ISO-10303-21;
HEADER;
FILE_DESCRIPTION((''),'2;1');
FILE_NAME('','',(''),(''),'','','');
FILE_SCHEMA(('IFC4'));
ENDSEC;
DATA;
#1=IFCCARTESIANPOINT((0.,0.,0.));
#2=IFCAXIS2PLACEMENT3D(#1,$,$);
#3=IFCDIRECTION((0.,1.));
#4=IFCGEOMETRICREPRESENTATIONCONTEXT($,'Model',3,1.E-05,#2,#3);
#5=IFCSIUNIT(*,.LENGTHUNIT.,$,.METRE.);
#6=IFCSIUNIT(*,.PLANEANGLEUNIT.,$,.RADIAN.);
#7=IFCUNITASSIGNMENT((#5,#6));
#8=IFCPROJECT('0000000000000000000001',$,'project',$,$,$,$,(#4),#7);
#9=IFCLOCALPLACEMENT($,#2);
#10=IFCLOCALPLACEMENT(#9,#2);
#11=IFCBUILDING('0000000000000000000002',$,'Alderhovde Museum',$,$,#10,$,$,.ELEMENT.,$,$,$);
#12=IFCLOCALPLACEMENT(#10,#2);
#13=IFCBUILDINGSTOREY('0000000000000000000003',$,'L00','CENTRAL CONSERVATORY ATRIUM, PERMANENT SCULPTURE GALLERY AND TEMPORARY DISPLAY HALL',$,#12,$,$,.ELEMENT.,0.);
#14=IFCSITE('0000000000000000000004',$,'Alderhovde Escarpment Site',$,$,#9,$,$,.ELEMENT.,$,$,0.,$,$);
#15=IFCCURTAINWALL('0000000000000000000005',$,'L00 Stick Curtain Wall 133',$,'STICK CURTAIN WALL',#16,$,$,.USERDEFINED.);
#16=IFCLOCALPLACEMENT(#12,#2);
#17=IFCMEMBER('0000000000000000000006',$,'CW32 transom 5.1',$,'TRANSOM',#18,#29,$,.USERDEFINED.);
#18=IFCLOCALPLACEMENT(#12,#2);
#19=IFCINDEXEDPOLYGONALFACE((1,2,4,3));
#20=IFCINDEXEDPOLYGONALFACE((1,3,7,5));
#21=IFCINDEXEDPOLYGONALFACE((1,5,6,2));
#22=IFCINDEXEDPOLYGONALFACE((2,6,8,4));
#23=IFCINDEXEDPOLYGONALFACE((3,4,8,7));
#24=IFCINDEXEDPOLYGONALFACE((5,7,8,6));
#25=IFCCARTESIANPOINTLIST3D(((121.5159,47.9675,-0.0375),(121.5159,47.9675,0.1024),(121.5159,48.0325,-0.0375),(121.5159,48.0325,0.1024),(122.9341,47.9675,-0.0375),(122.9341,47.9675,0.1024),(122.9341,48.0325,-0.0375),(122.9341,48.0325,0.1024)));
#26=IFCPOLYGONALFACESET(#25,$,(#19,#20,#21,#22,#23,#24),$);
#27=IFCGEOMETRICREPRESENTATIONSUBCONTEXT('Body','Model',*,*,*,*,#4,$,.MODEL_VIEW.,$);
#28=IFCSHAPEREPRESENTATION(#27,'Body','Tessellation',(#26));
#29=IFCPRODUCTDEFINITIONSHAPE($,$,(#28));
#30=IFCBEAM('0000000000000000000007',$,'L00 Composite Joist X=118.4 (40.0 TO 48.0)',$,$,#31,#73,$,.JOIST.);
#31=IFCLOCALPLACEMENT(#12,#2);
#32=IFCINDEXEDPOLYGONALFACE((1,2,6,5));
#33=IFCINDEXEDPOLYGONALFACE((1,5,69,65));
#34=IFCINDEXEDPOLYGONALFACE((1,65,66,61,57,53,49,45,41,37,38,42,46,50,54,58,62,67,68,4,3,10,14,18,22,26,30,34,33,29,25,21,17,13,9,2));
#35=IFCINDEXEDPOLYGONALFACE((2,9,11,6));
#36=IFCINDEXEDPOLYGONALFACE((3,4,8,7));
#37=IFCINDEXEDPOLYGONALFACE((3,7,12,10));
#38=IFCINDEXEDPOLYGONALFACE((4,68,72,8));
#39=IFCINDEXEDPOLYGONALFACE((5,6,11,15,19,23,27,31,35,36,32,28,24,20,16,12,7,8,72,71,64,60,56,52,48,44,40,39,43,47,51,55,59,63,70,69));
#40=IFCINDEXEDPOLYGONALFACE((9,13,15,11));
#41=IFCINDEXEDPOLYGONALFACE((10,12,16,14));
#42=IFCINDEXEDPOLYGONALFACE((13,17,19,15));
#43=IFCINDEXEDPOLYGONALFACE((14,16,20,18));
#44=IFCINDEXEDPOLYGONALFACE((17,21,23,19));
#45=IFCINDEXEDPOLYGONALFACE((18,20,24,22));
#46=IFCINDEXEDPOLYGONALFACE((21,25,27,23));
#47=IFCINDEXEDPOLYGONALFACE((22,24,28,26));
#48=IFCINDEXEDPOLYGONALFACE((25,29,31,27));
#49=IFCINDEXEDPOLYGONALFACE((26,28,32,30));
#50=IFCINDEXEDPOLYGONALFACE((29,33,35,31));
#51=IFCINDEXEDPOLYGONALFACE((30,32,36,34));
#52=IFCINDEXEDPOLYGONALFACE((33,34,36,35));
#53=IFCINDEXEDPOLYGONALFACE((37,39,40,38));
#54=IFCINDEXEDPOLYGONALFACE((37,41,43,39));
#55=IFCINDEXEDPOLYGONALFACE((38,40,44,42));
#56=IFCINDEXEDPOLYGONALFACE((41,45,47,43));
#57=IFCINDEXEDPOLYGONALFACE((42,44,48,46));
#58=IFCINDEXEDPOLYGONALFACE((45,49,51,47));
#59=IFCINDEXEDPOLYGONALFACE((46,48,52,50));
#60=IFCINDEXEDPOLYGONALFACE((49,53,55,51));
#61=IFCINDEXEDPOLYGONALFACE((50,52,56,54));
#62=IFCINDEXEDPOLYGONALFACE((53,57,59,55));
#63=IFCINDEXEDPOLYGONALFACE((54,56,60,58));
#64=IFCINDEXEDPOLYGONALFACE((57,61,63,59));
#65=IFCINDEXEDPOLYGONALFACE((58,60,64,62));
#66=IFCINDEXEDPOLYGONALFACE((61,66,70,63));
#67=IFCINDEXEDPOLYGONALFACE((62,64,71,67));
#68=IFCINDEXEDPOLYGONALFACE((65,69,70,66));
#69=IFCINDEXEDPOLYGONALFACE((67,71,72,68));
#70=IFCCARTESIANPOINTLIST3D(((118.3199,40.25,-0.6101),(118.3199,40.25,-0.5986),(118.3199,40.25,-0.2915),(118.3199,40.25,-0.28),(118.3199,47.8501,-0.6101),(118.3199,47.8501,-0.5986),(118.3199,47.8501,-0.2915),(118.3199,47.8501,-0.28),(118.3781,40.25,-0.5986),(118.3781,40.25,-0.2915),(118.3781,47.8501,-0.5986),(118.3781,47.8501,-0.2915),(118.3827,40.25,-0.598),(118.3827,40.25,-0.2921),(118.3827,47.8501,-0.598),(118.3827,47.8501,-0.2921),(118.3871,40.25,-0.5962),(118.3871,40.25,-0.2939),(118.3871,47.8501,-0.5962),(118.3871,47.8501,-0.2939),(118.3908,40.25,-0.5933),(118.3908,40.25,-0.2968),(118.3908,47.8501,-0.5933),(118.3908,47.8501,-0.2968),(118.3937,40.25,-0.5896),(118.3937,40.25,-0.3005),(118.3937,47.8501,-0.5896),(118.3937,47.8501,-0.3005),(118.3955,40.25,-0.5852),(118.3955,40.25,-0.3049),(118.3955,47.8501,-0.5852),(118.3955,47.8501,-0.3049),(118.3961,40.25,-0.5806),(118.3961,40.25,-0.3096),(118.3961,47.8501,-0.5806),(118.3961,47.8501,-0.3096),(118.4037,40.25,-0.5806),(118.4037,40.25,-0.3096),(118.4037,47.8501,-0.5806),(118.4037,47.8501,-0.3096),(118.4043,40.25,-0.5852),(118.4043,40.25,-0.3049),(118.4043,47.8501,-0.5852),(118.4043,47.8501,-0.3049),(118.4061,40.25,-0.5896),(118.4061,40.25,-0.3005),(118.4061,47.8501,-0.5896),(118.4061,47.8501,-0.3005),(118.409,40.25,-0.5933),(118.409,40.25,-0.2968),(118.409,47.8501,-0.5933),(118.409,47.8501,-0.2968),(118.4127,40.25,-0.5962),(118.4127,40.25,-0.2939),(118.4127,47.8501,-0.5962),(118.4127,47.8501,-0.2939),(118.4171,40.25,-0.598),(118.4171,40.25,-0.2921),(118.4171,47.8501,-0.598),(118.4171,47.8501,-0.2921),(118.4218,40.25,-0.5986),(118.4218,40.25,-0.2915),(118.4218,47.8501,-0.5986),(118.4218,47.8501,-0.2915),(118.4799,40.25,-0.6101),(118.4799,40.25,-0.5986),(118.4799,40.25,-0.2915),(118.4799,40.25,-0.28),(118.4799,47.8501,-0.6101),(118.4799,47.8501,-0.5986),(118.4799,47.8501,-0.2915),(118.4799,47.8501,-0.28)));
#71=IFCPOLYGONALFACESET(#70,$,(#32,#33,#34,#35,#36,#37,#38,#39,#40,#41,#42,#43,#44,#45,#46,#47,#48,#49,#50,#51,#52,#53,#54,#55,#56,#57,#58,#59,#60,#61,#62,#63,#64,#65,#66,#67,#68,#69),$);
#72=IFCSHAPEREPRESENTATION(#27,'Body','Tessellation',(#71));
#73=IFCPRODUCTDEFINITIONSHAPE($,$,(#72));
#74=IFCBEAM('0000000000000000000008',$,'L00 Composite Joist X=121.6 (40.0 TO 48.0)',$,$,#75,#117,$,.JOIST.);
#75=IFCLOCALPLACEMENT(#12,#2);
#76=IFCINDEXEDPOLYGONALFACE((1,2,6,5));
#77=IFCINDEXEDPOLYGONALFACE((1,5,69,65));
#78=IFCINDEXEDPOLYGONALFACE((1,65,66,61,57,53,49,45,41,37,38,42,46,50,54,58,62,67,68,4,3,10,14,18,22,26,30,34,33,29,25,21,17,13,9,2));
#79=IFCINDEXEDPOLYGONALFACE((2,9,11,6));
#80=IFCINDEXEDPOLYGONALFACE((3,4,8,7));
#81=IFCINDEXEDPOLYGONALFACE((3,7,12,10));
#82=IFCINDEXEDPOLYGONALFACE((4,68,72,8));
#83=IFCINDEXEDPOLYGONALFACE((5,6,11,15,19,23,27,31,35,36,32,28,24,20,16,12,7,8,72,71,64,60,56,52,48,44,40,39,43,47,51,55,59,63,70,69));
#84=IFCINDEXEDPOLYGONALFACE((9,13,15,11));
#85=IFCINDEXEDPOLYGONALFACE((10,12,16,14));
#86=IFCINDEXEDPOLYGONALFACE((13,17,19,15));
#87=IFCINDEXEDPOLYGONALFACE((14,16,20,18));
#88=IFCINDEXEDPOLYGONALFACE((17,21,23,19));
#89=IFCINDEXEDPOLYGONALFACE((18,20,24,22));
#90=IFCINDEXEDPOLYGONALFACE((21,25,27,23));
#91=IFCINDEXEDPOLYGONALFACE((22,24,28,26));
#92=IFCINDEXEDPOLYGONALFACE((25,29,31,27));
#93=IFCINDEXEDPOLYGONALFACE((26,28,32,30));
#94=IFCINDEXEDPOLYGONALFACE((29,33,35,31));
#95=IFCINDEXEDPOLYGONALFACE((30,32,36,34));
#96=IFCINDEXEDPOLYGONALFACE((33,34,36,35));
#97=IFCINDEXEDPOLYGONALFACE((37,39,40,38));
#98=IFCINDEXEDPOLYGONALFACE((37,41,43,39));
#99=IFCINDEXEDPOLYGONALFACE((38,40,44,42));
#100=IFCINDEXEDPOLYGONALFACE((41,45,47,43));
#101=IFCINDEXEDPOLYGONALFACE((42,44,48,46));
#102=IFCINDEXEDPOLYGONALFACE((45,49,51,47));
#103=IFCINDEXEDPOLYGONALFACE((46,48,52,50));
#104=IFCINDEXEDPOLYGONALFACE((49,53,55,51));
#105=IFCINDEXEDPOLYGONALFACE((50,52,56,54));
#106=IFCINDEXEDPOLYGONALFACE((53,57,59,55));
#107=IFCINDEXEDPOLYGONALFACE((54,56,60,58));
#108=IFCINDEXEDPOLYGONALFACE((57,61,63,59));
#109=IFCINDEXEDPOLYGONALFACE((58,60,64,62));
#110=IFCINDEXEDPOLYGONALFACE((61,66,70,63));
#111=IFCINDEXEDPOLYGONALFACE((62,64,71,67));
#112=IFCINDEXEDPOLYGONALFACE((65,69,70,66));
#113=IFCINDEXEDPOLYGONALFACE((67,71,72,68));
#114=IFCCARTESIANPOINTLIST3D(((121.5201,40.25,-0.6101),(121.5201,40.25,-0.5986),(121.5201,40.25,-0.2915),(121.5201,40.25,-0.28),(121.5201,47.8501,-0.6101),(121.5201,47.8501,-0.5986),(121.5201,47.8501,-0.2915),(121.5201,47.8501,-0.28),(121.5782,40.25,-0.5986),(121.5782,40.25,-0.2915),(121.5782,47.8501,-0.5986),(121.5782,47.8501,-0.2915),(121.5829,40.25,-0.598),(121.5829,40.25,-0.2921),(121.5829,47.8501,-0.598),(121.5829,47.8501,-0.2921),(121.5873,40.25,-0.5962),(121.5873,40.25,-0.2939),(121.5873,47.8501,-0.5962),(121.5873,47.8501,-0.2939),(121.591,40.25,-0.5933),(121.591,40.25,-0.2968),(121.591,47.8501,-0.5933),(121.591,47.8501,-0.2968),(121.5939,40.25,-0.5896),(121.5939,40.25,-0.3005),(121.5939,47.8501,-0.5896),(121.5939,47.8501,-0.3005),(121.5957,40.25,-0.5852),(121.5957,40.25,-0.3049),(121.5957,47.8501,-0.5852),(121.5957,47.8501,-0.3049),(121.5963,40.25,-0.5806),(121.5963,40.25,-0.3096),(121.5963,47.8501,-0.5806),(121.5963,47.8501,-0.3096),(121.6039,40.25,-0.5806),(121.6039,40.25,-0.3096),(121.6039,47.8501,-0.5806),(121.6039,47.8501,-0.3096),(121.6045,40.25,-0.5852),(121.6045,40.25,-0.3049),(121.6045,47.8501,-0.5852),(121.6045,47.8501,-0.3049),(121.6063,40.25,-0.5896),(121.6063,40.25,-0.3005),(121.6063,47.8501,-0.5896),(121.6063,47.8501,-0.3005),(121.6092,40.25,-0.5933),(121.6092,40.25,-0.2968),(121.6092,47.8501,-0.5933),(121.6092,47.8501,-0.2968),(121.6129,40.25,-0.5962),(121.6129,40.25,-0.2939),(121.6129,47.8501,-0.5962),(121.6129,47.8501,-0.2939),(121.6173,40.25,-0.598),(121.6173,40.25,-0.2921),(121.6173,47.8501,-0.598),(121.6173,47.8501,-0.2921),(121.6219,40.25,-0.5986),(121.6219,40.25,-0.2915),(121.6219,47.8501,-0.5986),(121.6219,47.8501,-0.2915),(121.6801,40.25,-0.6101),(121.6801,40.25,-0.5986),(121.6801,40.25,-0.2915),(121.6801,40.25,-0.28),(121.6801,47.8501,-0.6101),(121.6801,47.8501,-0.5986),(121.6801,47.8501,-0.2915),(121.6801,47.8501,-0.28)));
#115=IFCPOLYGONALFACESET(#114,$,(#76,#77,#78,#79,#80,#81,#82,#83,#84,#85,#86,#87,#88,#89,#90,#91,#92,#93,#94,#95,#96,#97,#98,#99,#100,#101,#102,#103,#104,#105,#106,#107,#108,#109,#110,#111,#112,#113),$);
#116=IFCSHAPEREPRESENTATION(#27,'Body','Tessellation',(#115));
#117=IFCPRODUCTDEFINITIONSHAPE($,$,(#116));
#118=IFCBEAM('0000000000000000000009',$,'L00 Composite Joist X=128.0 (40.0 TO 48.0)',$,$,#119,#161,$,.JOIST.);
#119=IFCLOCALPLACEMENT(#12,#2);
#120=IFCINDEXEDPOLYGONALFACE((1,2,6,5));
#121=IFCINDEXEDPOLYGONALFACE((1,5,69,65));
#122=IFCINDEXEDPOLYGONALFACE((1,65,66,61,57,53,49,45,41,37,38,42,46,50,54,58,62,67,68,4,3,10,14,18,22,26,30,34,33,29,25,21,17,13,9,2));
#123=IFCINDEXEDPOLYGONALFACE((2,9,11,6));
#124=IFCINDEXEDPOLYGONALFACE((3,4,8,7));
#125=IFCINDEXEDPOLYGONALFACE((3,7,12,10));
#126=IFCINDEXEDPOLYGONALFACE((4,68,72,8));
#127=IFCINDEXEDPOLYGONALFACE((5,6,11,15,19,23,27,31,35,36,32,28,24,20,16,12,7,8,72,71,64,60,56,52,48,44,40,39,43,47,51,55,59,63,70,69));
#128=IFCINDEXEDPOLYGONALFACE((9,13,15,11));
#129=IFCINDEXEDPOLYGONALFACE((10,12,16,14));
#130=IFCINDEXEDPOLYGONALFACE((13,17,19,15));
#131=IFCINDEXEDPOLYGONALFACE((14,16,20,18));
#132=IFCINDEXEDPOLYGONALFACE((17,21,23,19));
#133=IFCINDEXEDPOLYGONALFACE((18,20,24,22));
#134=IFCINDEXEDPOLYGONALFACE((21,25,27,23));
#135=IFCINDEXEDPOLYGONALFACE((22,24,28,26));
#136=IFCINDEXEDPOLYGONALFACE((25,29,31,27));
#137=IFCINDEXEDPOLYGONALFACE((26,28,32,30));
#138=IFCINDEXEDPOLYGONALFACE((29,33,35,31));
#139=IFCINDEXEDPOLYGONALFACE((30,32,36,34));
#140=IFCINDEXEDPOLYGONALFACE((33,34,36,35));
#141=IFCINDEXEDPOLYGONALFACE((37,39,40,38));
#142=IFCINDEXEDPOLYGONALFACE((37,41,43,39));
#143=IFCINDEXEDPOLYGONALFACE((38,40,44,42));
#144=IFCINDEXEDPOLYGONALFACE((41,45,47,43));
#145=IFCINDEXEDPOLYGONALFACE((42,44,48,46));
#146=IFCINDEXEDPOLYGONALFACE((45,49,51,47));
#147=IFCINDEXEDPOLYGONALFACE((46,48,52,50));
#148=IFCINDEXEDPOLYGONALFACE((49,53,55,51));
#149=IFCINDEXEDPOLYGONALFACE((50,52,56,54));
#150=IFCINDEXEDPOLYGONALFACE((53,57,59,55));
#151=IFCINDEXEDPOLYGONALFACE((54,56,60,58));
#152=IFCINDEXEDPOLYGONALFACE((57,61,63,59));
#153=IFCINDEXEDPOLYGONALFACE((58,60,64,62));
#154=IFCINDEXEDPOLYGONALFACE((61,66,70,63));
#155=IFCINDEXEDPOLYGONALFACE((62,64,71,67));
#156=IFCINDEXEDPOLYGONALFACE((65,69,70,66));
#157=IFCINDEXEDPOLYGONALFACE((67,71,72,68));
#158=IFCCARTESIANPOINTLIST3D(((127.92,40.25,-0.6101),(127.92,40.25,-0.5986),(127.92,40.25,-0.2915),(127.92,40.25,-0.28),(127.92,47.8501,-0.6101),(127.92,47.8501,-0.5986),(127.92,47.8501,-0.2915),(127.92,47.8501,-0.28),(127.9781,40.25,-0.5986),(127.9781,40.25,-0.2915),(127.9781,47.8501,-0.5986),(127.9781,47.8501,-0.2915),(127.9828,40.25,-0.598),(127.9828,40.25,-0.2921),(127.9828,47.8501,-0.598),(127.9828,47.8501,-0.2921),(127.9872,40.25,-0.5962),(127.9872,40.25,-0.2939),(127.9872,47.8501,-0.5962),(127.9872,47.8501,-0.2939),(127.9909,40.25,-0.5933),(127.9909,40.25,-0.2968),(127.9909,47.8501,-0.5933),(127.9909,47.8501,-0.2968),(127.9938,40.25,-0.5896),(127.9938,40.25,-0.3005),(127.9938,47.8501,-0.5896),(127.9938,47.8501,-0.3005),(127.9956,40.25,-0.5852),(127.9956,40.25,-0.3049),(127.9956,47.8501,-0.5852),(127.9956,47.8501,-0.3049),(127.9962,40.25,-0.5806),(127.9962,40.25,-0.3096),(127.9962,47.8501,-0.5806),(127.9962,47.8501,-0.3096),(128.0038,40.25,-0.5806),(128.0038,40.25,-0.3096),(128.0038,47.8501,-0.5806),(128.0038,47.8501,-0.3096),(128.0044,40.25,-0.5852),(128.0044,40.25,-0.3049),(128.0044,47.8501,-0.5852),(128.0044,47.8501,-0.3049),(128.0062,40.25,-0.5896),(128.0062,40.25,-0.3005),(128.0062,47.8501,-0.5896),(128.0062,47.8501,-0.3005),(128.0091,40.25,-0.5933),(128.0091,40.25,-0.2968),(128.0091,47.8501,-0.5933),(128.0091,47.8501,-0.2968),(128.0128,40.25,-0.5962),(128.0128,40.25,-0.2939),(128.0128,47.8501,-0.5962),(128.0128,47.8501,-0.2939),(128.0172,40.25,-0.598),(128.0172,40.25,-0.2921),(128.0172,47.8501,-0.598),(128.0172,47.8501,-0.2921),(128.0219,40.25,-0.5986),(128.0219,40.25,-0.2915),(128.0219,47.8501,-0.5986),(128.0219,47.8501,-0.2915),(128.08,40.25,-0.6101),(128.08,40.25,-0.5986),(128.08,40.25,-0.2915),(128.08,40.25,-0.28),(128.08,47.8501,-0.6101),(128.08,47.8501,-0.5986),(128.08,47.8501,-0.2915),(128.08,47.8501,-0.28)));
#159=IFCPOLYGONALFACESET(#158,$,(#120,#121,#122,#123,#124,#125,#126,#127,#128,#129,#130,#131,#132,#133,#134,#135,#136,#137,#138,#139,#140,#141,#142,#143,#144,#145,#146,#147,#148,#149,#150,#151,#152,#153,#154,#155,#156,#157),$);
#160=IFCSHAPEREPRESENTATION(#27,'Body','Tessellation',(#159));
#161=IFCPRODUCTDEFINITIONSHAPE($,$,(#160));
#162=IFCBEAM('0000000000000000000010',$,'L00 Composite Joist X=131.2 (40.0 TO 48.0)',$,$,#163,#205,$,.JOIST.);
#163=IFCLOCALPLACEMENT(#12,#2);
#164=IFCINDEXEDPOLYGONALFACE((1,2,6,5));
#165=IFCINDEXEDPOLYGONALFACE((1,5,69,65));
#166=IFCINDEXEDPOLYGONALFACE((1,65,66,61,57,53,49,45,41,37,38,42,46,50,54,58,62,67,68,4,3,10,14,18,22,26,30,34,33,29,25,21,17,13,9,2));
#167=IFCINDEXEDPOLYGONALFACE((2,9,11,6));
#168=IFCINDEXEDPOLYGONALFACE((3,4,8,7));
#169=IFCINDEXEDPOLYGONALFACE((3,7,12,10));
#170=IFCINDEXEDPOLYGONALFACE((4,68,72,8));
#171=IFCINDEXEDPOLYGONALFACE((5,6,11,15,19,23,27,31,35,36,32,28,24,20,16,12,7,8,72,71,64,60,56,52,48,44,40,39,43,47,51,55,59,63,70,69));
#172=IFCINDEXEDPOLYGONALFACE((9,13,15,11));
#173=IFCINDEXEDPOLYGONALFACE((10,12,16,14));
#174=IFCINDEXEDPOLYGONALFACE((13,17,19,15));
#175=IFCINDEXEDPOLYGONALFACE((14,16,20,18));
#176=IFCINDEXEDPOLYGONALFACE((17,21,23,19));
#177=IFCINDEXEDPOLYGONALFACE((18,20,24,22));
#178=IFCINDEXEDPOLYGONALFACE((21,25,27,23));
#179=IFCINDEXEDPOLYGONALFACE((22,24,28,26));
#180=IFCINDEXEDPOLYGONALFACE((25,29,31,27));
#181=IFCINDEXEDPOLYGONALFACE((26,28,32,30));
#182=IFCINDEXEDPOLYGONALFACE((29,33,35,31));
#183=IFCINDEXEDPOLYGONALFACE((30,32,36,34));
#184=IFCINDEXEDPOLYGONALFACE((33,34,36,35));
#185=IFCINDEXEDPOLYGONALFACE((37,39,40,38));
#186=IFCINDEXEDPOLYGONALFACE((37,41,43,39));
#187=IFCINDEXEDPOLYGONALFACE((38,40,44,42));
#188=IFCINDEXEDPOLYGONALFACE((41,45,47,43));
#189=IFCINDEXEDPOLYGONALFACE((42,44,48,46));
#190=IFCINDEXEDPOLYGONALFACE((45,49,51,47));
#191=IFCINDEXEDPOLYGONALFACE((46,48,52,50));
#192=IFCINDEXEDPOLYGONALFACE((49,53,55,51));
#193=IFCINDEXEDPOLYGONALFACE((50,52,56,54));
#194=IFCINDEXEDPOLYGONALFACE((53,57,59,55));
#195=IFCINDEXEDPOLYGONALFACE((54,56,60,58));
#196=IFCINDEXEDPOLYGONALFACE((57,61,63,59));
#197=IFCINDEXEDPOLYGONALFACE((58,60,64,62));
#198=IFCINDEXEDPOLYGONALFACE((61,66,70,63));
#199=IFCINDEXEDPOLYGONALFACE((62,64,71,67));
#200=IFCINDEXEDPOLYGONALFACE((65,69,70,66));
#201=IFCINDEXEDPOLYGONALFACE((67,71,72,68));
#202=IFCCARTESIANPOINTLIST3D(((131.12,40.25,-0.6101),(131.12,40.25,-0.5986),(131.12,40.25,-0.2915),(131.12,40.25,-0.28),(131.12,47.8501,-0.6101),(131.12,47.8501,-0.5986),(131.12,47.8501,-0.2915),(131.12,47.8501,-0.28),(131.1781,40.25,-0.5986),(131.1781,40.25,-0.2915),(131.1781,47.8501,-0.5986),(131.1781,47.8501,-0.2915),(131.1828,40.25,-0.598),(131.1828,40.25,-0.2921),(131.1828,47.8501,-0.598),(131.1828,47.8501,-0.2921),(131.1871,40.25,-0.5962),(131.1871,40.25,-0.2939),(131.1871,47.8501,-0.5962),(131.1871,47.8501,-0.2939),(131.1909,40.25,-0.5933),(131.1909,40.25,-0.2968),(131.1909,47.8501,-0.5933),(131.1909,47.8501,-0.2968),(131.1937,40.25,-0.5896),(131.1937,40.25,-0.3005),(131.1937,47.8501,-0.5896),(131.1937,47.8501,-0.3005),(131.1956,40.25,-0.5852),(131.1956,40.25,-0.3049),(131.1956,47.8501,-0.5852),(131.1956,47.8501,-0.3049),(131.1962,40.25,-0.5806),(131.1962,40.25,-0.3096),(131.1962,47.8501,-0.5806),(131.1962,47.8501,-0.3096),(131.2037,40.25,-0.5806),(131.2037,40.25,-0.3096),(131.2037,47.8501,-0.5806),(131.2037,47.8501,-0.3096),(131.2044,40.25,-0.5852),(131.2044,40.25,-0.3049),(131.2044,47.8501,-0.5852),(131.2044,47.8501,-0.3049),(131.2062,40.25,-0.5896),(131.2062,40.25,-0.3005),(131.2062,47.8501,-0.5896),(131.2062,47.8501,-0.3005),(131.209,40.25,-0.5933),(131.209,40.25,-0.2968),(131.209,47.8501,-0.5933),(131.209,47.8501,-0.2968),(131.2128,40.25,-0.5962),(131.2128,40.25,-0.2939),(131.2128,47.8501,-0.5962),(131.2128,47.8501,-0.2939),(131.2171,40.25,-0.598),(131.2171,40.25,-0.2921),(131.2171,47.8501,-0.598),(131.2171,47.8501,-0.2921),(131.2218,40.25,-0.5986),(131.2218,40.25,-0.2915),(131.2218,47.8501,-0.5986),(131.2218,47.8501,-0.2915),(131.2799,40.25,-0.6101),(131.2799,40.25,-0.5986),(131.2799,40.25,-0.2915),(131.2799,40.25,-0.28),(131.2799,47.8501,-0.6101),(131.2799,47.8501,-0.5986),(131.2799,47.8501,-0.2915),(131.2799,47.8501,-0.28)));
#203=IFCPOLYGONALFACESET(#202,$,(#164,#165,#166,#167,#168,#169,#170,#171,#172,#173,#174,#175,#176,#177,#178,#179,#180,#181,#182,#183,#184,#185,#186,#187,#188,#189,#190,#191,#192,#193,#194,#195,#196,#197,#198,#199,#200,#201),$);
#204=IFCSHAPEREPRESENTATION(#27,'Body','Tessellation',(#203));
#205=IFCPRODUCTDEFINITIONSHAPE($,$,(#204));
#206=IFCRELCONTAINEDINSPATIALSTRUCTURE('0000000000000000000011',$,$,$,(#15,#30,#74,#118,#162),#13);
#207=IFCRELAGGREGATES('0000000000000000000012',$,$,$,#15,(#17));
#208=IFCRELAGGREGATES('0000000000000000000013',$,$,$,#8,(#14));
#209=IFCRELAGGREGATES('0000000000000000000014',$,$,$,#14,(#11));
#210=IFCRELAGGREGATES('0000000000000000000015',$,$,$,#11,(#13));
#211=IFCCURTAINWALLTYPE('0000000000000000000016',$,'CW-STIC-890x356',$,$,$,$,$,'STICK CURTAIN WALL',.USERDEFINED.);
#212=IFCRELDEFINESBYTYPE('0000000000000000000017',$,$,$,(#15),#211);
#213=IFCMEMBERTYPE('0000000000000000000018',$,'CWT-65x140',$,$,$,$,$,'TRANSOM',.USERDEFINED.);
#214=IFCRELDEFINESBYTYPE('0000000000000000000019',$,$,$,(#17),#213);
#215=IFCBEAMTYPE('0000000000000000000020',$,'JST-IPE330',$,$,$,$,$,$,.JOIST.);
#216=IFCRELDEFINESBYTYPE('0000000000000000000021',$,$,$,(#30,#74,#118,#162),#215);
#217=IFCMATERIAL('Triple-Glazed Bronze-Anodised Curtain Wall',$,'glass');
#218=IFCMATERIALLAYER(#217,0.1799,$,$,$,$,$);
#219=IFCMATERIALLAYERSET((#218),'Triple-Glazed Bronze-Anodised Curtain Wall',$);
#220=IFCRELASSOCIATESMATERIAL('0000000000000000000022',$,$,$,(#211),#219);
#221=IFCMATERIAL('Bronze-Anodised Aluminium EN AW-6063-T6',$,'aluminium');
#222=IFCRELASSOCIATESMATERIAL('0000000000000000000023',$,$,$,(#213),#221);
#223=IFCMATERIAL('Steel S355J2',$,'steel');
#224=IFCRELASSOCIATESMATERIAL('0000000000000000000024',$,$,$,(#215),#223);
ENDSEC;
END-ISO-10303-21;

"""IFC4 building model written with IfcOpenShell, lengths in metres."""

from ifc_helpers import new_model, si_unit, direction, frame, origin, origin_2d, place, context, subcontext, project, spatial, rectangle, i_section, extrude, material, layer, layer_set, material_profile, profile_set, type_object, element, aggregate, save


model = new_model("IFC4")

# Units and contexts
model_context = context("Model", 3, precision=1e-05, world=origin(), true_north=direction((0.0, 1.0)))
body_context = subcontext(model_context, "Body", "Model", "MODEL_VIEW")
ifc_project = project(units=[si_unit("LENGTHUNIT", "METRE"), si_unit("PLANEANGLEUNIT", "RADIAN")], contexts=[model_context])

# Site, building, storey
site_placement = place(None, origin())
site = spatial("IfcSite", under=ifc_project, at=site_placement, Name="Alderhovde Escarpment Site", CompositionType="ELEMENT", RefElevation=0.0)
building_placement = place(site_placement, origin())
building = spatial("IfcBuilding", under=site, at=building_placement, Name="Alderhovde Museum", CompositionType="ELEMENT")
storey_placement = place(building_placement, origin())
storey = spatial("IfcBuildingStorey", under=building, at=storey_placement, Name="L00", Description="CENTRAL CONSERVATORY ATRIUM, PERMANENT SCULPTURE GALLERY AND TEMPORARY DISPLAY HALL", CompositionType="ELEMENT", Elevation=0.0)

# Curtain wall, member
ifc_material_1 = material(Name="Triple-Glazed Bronze-Anodised Curtain Wall", Category="glass")
ifc_layer_1 = layer(ifc_material_1, 0.1799)
ifc_layer_set_1 = layer_set([ifc_layer_1], Name="Triple-Glazed Bronze-Anodised Curtain Wall")
curtain_wall_type = type_object("IfcCurtainWallType", Name="CW-STIC-890x356", ElementType="STICK CURTAIN WALL", PredefinedType="USERDEFINED", material=ifc_layer_set_1)
curtain_wall_placement = place(storey_placement, origin())
curtain_wall = element("IfcCurtainWall", 1, at=curtain_wall_placement, inside=storey, type_object=curtain_wall_type, Name="L00 Stick Curtain Wall 133", ObjectType="STICK CURTAIN WALL", PredefinedType="USERDEFINED")
ifc_material_2 = material(Name="Bronze-Anodised Aluminium EN AW-6063-T6", Category="aluminium")
ifc_material_profile_1 = material_profile(ifc_material_2, rectangle(XDim=0.0649, YDim=0.1399, at=origin_2d()), Name="TRANSOM 65x140")
ifc_profile_set_1 = profile_set([ifc_material_profile_1], Name="Bronze-Anodised Aluminium EN AW-6063-T6")
member_type_1 = type_object("IfcMemberType", Name="CWT-65x140", ElementType="TRANSOM", PredefinedType="USERDEFINED", material=ifc_profile_set_1)
member_1_placement = place(storey_placement, frame((121.5159, 48.0, 0.0325), z_axis=(1.0, 0.0, 0.0), x_axis=(0.0, 1.0, 0.0)))
member_1 = element("IfcMember", 2, at=member_1_placement, type_object=member_type_1, Name="CW32 transom 5.1", ObjectType="TRANSOM", PredefinedType="USERDEFINED", context=body_context, shape_type="SweptSolid", body=[
    extrude(rectangle(XDim=0.0649, YDim=0.1399, at=origin_2d()), origin(), (0.0, 0.0, 1.0), 1.4182),
])

# Beams
ifc_material_3 = material(Name="Steel S355J2", Category="steel")
ifc_material_profile_2 = material_profile(ifc_material_3, i_section(OverallWidth=0.1599, OverallDepth=0.3301, WebThickness=0.0076, FlangeThickness=0.0115, FilletRadius=0.0181, at=origin_2d()), Name="IPE 330")
ifc_profile_set_2 = profile_set([ifc_material_profile_2], Name="Steel S355J2")
beam_type_1 = type_object("IfcBeamType", Name="JST-IPE330", PredefinedType="JOIST", material=ifc_profile_set_2)
for number, where, z_axis, x_axis, name in (
    (3, (118.3999, 40.25, -0.4451), (0.0, 1.0, 0.0), (-1.0, 0.0, 0.0), "L00 Composite Joist X=118.4 (40.0 TO 48.0)"),
    (4, (121.6001, 40.25, -0.4451), (0.0, 1.0, 0.0), (-1.0, 0.0, 0.0), "L00 Composite Joist X=121.6 (40.0 TO 48.0)"),
    (5, (128.0, 40.25, -0.4451), (0.0, 1.0, 0.0), (-1.0, 0.0, 0.0), "L00 Composite Joist X=128.0 (40.0 TO 48.0)"),
    (6, (131.2, 40.25, -0.4451), (0.0, 1.0, 0.0), (-1.0, 0.0, 0.0), "L00 Composite Joist X=131.2 (40.0 TO 48.0)"),
):
    element("IfcBeam", number, at=place(storey_placement, frame(where, z_axis=z_axis, x_axis=x_axis)), inside=storey, type_object=beam_type_1, Name=name, PredefinedType="JOIST", context=body_context, shape_type="SweptSolid", body=[
        extrude(i_section(OverallWidth=0.1599, OverallDepth=0.3301, WebThickness=0.0076, FlangeThickness=0.0115, FilletRadius=0.0181, at=origin_2d()), origin(), (0.0, 0.0, 1.0), 7.6001),
    ])

aggregate(curtain_wall, [member_1])

save(model, "model.ifc")
